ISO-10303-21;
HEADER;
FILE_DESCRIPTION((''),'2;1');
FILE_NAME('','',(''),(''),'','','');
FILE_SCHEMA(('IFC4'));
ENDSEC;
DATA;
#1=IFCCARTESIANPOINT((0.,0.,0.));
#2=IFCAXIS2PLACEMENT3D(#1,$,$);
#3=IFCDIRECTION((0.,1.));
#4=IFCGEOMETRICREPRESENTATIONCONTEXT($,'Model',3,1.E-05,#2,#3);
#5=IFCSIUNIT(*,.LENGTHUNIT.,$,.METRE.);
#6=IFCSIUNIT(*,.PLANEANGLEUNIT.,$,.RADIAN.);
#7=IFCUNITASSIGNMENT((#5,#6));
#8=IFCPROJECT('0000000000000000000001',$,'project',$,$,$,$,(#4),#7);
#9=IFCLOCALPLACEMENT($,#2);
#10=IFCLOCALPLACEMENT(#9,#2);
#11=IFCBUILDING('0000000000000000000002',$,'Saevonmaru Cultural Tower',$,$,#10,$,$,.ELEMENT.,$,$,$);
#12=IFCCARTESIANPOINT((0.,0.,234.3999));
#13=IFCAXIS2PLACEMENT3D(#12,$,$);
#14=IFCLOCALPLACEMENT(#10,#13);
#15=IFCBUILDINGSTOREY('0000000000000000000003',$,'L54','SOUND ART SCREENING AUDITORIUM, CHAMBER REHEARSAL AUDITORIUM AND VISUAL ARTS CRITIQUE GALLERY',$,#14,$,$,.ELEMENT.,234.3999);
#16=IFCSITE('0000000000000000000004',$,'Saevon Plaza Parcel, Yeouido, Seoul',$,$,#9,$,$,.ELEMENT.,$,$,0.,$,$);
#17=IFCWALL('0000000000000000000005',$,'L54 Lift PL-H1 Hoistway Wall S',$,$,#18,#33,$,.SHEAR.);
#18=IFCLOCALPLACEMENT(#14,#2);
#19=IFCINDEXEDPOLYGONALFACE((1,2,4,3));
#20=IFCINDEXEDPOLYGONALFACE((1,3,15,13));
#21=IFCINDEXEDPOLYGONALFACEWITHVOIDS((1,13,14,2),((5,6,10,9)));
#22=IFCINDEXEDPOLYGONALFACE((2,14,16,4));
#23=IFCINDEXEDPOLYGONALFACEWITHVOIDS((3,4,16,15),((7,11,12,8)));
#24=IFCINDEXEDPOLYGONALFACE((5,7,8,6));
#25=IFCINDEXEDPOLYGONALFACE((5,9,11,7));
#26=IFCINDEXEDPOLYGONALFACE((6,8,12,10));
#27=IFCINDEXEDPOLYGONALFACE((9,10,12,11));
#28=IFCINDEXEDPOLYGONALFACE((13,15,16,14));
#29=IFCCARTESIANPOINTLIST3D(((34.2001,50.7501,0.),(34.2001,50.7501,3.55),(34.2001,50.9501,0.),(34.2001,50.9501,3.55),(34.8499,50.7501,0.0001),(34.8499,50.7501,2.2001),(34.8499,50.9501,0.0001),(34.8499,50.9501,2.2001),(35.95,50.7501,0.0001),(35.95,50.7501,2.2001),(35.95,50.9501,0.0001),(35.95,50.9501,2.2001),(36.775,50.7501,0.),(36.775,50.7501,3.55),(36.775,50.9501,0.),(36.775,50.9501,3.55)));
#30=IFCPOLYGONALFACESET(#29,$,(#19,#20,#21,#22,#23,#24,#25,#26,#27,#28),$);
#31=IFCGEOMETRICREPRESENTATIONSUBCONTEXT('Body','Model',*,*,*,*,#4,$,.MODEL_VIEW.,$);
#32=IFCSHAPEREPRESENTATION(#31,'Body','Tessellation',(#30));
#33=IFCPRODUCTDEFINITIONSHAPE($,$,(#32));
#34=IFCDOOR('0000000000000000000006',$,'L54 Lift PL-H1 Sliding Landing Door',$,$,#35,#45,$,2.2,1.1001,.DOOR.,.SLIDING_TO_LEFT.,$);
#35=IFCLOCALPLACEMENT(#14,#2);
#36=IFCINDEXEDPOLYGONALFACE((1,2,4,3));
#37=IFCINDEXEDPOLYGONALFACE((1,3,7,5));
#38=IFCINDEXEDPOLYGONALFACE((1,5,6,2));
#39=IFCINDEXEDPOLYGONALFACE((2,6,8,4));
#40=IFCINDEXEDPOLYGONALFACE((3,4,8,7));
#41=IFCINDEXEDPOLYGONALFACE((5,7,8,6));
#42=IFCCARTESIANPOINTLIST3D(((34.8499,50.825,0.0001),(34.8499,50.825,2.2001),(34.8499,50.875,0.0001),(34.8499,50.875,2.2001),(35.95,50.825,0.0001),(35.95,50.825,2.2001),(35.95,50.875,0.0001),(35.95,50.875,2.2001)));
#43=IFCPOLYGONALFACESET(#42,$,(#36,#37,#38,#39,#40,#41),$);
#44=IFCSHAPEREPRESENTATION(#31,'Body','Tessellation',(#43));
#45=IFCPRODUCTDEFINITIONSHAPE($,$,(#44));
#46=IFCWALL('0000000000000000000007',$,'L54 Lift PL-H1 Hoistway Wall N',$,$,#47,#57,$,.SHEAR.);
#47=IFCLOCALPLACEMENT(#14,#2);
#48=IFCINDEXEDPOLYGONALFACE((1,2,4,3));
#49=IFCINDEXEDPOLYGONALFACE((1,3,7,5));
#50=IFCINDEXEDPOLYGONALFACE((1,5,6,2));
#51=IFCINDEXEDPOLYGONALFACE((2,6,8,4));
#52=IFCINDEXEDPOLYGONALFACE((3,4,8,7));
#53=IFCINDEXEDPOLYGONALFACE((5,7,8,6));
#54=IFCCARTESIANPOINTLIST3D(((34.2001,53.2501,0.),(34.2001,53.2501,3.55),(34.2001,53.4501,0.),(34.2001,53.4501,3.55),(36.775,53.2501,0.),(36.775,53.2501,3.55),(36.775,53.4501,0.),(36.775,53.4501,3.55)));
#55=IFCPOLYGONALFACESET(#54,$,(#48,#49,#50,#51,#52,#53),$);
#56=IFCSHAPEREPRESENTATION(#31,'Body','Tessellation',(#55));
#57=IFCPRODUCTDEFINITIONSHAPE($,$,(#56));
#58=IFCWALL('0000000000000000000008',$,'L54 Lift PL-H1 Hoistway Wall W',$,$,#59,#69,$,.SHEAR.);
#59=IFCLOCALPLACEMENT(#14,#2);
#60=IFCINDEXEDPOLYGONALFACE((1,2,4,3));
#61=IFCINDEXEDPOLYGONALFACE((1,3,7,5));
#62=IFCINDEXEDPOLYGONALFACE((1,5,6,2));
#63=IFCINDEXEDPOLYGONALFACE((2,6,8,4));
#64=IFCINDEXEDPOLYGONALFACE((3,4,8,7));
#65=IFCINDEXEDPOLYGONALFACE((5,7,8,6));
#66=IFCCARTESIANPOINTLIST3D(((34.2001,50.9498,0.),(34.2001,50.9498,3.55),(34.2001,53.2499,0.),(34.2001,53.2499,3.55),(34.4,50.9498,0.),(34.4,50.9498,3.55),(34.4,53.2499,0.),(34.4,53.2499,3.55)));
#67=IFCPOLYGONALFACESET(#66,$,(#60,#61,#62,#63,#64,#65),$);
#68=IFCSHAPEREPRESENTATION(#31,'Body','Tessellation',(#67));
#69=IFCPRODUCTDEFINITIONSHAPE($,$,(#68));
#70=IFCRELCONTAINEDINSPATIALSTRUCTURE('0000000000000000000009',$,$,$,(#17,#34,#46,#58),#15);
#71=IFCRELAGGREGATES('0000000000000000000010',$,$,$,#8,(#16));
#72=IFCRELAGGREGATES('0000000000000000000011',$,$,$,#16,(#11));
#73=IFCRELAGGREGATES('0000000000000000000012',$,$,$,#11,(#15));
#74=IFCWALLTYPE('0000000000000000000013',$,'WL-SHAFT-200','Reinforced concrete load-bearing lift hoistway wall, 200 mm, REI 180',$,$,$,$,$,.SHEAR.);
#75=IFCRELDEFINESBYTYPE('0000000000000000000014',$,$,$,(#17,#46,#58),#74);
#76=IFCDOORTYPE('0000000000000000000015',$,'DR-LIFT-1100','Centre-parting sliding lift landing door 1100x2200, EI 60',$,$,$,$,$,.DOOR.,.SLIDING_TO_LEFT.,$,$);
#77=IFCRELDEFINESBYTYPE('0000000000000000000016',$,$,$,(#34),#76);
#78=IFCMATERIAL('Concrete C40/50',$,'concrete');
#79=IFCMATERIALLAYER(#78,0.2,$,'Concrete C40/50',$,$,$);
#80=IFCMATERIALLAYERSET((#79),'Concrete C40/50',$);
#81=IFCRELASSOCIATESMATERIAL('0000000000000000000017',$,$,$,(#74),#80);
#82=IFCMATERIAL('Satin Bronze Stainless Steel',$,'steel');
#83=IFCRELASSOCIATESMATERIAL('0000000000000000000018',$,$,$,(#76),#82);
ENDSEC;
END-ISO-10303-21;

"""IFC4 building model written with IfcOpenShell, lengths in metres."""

from ifc_helpers import new_model, si_unit, direction, frame, frame_2d, origin, place, context, subcontext, project, spatial, rectangle, extrude, material, layer, layer_set, type_object, element, fill, save


model = new_model("IFC4")

# Units and contexts
model_context = context("Model", 3, precision=1e-05, world=origin(), true_north=direction((0.0, 1.0)))
body_context = subcontext(model_context, "Body", "Model", "MODEL_VIEW")
ifc_project = project(units=[si_unit("LENGTHUNIT", "METRE"), si_unit("PLANEANGLEUNIT", "RADIAN")], contexts=[model_context])

# Site, building, storey
site_placement = place(None, origin())
site = spatial("IfcSite", under=ifc_project, at=site_placement, Name="Saevon Plaza Parcel, Yeouido, Seoul", CompositionType="ELEMENT", RefElevation=0.0)
building_placement = place(site_placement, origin())
building = spatial("IfcBuilding", under=site, at=building_placement, Name="Saevonmaru Cultural Tower", CompositionType="ELEMENT")
storey_placement = place(building_placement, frame((0.0, 0.0, 234.3999)))
storey = spatial("IfcBuildingStorey", under=building, at=storey_placement, Name="L54", Description="SOUND ART SCREENING AUDITORIUM, CHAMBER REHEARSAL AUDITORIUM AND VISUAL ARTS CRITIQUE GALLERY", CompositionType="ELEMENT", Elevation=234.3999)

# Shared definitions
ifc_material_1 = material(Name="Concrete C40/50", Category="concrete")
ifc_layer_1 = layer(ifc_material_1, 0.2, Name="Concrete C40/50")
ifc_layer_set_1 = layer_set([ifc_layer_1], Name="Concrete C40/50")
wall_type_1 = type_object("IfcWallType", Name="WL-SHAFT-200", Description="Reinforced concrete load-bearing lift hoistway wall, 200 mm, REI 180", PredefinedType="SHEAR", material=ifc_layer_set_1)

# Wall, opening, door
wall_1_placement = place(storey_placement, frame((34.2, 50.8501, 0.0), z_axis=(0.0, 0.0, 1.0), x_axis=(1.0, 0.0, 0.0)))
wall_1 = element("IfcWall", 1, at=wall_1_placement, inside=storey, type_object=wall_type_1, Name="L54 Lift PL-H1 Hoistway Wall S", PredefinedType="SHEAR", context=body_context, shape_type="SweptSolid", body=[
    extrude(rectangle(XDim=2.575, YDim=0.2, at=frame_2d((1.2876, 0.0))), origin(), (0.0, 0.0, 1.0), 3.55),
])
opening_1_placement = place(wall_1_placement, frame((0.6499, 0.0, 0.0)))
opening_1 = element("IfcOpeningElement", 2, at=opening_1_placement, cuts=wall_1, PredefinedType="OPENING", context=body_context, shape_type="SweptSolid", body=[
    extrude(rectangle(XDim=1.1001, YDim=2.2, at=frame_2d((0.55, 1.1001))), frame((0.0, 0.1099, 0.0), z_axis=(0.0, -1.0, 0.0), x_axis=(1.0, 0.0, 0.0)), (0.0, 0.0, 1.0), 0.22),
])
ifc_material_2 = material(Name="Satin Bronze Stainless Steel", Category="steel")
door_type_1 = type_object("IfcDoorType", Name="DR-LIFT-1100", Description="Centre-parting sliding lift landing door 1100x2200, EI 60", OperationType="SLIDING_TO_LEFT", PredefinedType="DOOR", material=ifc_material_2)
door_1_placement = place(opening_1_placement, origin())
door_1 = element("IfcDoor", 3, at=door_1_placement, inside=storey, type_object=door_type_1, Name="L54 Lift PL-H1 Sliding Landing Door", OperationType="SLIDING_TO_LEFT", OverallHeight=2.2, OverallWidth=1.1001, PredefinedType="DOOR", context=body_context, shape_type="SweptSolid", body=[
    extrude(rectangle(XDim=1.1001, YDim=2.2, at=frame_2d((0.55, 1.1001))), frame((0.0, 0.0249, 0.0), z_axis=(0.0, -1.0, 0.0), x_axis=(1.0, 0.0, 0.0)), (0.0, 0.0, 1.0), 0.05),
])
fill(opening_1, door_1)

# Walls
wall_2_placement = place(storey_placement, frame((34.2, 53.3501, 0.0), z_axis=(0.0, 0.0, 1.0), x_axis=(1.0, 0.0, 0.0)))
element("IfcWall", 4, at=wall_2_placement, inside=storey, type_object=wall_type_1, Name="L54 Lift PL-H1 Hoistway Wall N", PredefinedType="SHEAR", context=body_context, shape_type="SweptSolid", body=[
    extrude(rectangle(XDim=2.575, YDim=0.2, at=frame_2d((1.2876, 0.0))), origin(), (0.0, 0.0, 1.0), 3.55),
])
wall_3_placement = place(storey_placement, frame((34.3, 50.95, 0.0), z_axis=(0.0, 0.0, 1.0), x_axis=(0.0, 1.0, 0.0)))
element("IfcWall", 5, at=wall_3_placement, inside=storey, type_object=wall_type_1, Name="L54 Lift PL-H1 Hoistway Wall W", PredefinedType="SHEAR", context=body_context, shape_type="SweptSolid", body=[
    extrude(rectangle(XDim=2.3, YDim=0.2, at=frame_2d((1.1499, 0.0))), origin(), (0.0, 0.0, 1.0), 3.55),
])

save(model, "model.ifc")
